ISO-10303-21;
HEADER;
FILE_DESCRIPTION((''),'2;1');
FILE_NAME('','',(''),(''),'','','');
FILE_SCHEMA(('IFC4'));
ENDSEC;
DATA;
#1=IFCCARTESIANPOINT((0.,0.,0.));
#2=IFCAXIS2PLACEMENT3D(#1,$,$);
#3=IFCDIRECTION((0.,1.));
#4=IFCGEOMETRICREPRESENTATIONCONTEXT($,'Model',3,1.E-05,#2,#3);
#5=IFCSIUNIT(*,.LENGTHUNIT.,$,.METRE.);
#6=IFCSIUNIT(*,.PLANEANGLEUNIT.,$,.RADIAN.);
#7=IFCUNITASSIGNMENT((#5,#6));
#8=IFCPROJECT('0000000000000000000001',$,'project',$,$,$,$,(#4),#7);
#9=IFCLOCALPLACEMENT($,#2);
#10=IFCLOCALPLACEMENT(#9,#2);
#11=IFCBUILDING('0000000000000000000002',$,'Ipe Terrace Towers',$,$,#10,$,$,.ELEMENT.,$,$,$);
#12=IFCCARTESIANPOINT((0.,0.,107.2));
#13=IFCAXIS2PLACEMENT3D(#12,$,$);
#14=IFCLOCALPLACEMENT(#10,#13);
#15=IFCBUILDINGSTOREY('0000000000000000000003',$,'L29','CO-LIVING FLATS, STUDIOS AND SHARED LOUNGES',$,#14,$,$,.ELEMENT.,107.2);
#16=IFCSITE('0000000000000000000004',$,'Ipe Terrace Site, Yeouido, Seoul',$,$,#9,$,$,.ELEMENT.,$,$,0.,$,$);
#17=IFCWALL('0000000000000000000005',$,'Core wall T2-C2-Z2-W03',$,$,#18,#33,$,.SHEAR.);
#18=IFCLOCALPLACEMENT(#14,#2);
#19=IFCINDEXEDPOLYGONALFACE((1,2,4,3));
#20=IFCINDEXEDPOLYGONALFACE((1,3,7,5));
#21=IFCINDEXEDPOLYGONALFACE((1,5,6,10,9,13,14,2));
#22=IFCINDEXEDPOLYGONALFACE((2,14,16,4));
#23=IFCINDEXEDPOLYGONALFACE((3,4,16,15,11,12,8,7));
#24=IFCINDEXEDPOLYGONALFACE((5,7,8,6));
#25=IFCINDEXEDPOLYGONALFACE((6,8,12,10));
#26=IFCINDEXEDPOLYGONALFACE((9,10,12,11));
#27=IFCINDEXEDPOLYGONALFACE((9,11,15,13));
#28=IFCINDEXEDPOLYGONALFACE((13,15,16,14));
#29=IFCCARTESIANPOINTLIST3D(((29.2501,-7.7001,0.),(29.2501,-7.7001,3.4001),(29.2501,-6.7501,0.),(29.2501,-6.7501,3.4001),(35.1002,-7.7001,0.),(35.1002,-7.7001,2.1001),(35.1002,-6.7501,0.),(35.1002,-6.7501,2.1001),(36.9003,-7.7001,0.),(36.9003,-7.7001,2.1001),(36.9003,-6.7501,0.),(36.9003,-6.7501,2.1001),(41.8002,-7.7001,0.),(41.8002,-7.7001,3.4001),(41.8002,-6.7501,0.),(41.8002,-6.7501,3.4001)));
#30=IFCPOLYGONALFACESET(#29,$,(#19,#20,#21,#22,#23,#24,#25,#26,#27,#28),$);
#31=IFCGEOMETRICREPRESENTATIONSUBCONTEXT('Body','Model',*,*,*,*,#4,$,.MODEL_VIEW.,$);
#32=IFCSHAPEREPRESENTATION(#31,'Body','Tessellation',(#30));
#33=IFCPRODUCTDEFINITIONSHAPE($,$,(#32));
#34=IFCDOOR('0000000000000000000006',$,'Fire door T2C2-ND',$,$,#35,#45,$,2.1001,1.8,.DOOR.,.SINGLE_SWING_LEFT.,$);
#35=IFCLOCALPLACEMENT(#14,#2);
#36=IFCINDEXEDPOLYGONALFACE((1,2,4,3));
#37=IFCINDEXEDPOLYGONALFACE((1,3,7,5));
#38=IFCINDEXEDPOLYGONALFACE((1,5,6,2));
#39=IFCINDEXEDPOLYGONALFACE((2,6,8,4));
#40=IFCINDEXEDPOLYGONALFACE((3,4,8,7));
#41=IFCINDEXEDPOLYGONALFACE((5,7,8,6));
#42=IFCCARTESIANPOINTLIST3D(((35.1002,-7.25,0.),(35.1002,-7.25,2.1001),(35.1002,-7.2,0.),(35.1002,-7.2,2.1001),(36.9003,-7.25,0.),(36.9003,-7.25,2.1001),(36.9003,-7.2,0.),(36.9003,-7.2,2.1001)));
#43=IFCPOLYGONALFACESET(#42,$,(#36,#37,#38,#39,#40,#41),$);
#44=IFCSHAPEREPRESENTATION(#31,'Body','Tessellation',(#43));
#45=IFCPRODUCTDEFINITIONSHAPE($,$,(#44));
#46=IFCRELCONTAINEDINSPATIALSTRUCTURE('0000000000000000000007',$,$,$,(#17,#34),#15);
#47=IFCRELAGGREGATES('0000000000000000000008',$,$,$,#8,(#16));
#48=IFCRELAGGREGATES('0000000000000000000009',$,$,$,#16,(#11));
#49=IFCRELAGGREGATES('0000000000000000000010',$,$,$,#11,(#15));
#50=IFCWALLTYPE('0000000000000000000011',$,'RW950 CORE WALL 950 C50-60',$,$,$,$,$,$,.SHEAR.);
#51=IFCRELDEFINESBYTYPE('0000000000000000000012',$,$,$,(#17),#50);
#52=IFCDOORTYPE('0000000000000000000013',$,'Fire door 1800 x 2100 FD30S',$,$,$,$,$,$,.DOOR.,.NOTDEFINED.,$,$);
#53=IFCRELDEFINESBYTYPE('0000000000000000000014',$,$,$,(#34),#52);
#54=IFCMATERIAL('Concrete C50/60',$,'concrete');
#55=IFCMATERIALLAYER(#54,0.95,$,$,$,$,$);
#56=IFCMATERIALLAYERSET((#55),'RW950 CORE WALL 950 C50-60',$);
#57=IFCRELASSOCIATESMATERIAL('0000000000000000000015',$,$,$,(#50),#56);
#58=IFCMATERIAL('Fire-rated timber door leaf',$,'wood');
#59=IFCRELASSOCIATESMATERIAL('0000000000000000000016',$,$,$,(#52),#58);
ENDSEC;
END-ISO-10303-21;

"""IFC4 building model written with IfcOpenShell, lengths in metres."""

from ifc_helpers import new_model, si_unit, direction, frame, frame_2d, origin, place, context, subcontext, project, spatial, rectangle, extrude, material, layer, layer_set, type_object, element, fill, save


model = new_model("IFC4")

# Units and contexts
model_context = context("Model", 3, precision=1e-05, world=origin(), true_north=direction((0.0, 1.0)))
body_context = subcontext(model_context, "Body", "Model", "MODEL_VIEW")
ifc_project = project(units=[si_unit("LENGTHUNIT", "METRE"), si_unit("PLANEANGLEUNIT", "RADIAN")], contexts=[model_context])

# Site, building, storey
site_placement = place(None, origin())
site = spatial("IfcSite", under=ifc_project, at=site_placement, Name="Ipe Terrace Site, Yeouido, Seoul", CompositionType="ELEMENT", RefElevation=0.0)
building_placement = place(site_placement, origin())
building = spatial("IfcBuilding", under=site, at=building_placement, Name="Ipe Terrace Towers", CompositionType="ELEMENT")
storey_placement = place(building_placement, frame((0.0, 0.0, 107.2)))
storey = spatial("IfcBuildingStorey", under=building, at=storey_placement, Name="L29", Description="CO-LIVING FLATS, STUDIOS AND SHARED LOUNGES", CompositionType="ELEMENT", Elevation=107.2)

# Wall, opening, door
ifc_material_1 = material(Name="Concrete C50/60", Category="concrete")
ifc_layer_1 = layer(ifc_material_1, 0.95)
ifc_layer_set_1 = layer_set([ifc_layer_1], Name="RW950 CORE WALL 950 C50-60")
wall_type_1 = type_object("IfcWallType", Name="RW950 CORE WALL 950 C50-60", PredefinedType="SHEAR", material=ifc_layer_set_1)
wall_1_placement = place(storey_placement, frame((41.8, -7.2251, 0.0), z_axis=(0.0, 0.0, 1.0), x_axis=(-1.0, 0.0, 0.0)))
wall_1 = element("IfcWall", 1, at=wall_1_placement, inside=storey, type_object=wall_type_1, Name="Core wall T2-C2-Z2-W03", PredefinedType="SHEAR", context=body_context, shape_type="SweptSolid", body=[
    extrude(rectangle(XDim=12.55, YDim=0.95, at=frame_2d((6.2749, 0.0))), origin(), (0.0, 0.0, 1.0), 3.4001),
])
opening_1_placement = place(wall_1_placement, frame((4.8999, 0.0, 0.0)))
opening_1 = element("IfcOpeningElement", 2, at=opening_1_placement, cuts=wall_1, PredefinedType="OPENING", context=body_context, shape_type="SweptSolid", body=[
    extrude(rectangle(XDim=1.8, YDim=2.1001, at=frame_2d((0.8999, 1.05))), frame((0.0, 0.4849, 0.0), z_axis=(0.0, -1.0, 0.0), x_axis=(1.0, 0.0, 0.0)), (0.0, 0.0, 1.0), 0.97),
])
ifc_material_2 = material(Name="Fire-rated timber door leaf", Category="wood")
door_type_1 = type_object("IfcDoorType", Name="Fire door 1800 x 2100 FD30S", OperationType="NOTDEFINED", PredefinedType="DOOR", material=ifc_material_2)
door_1_placement = place(opening_1_placement, origin())
door_1 = element("IfcDoor", 3, at=door_1_placement, inside=storey, type_object=door_type_1, Name="Fire door T2C2-ND", OperationType="SINGLE_SWING_LEFT", OverallHeight=2.1001, OverallWidth=1.8, PredefinedType="DOOR", context=body_context, shape_type="SweptSolid", body=[
    extrude(rectangle(XDim=1.8, YDim=2.1001, at=frame_2d((0.8999, 1.05))), frame((0.0, 0.0249, 0.0), z_axis=(0.0, -1.0, 0.0), x_axis=(1.0, 0.0, 0.0)), (0.0, 0.0, 1.0), 0.05),
])
fill(opening_1, door_1)

save(model, "model.ifc")
